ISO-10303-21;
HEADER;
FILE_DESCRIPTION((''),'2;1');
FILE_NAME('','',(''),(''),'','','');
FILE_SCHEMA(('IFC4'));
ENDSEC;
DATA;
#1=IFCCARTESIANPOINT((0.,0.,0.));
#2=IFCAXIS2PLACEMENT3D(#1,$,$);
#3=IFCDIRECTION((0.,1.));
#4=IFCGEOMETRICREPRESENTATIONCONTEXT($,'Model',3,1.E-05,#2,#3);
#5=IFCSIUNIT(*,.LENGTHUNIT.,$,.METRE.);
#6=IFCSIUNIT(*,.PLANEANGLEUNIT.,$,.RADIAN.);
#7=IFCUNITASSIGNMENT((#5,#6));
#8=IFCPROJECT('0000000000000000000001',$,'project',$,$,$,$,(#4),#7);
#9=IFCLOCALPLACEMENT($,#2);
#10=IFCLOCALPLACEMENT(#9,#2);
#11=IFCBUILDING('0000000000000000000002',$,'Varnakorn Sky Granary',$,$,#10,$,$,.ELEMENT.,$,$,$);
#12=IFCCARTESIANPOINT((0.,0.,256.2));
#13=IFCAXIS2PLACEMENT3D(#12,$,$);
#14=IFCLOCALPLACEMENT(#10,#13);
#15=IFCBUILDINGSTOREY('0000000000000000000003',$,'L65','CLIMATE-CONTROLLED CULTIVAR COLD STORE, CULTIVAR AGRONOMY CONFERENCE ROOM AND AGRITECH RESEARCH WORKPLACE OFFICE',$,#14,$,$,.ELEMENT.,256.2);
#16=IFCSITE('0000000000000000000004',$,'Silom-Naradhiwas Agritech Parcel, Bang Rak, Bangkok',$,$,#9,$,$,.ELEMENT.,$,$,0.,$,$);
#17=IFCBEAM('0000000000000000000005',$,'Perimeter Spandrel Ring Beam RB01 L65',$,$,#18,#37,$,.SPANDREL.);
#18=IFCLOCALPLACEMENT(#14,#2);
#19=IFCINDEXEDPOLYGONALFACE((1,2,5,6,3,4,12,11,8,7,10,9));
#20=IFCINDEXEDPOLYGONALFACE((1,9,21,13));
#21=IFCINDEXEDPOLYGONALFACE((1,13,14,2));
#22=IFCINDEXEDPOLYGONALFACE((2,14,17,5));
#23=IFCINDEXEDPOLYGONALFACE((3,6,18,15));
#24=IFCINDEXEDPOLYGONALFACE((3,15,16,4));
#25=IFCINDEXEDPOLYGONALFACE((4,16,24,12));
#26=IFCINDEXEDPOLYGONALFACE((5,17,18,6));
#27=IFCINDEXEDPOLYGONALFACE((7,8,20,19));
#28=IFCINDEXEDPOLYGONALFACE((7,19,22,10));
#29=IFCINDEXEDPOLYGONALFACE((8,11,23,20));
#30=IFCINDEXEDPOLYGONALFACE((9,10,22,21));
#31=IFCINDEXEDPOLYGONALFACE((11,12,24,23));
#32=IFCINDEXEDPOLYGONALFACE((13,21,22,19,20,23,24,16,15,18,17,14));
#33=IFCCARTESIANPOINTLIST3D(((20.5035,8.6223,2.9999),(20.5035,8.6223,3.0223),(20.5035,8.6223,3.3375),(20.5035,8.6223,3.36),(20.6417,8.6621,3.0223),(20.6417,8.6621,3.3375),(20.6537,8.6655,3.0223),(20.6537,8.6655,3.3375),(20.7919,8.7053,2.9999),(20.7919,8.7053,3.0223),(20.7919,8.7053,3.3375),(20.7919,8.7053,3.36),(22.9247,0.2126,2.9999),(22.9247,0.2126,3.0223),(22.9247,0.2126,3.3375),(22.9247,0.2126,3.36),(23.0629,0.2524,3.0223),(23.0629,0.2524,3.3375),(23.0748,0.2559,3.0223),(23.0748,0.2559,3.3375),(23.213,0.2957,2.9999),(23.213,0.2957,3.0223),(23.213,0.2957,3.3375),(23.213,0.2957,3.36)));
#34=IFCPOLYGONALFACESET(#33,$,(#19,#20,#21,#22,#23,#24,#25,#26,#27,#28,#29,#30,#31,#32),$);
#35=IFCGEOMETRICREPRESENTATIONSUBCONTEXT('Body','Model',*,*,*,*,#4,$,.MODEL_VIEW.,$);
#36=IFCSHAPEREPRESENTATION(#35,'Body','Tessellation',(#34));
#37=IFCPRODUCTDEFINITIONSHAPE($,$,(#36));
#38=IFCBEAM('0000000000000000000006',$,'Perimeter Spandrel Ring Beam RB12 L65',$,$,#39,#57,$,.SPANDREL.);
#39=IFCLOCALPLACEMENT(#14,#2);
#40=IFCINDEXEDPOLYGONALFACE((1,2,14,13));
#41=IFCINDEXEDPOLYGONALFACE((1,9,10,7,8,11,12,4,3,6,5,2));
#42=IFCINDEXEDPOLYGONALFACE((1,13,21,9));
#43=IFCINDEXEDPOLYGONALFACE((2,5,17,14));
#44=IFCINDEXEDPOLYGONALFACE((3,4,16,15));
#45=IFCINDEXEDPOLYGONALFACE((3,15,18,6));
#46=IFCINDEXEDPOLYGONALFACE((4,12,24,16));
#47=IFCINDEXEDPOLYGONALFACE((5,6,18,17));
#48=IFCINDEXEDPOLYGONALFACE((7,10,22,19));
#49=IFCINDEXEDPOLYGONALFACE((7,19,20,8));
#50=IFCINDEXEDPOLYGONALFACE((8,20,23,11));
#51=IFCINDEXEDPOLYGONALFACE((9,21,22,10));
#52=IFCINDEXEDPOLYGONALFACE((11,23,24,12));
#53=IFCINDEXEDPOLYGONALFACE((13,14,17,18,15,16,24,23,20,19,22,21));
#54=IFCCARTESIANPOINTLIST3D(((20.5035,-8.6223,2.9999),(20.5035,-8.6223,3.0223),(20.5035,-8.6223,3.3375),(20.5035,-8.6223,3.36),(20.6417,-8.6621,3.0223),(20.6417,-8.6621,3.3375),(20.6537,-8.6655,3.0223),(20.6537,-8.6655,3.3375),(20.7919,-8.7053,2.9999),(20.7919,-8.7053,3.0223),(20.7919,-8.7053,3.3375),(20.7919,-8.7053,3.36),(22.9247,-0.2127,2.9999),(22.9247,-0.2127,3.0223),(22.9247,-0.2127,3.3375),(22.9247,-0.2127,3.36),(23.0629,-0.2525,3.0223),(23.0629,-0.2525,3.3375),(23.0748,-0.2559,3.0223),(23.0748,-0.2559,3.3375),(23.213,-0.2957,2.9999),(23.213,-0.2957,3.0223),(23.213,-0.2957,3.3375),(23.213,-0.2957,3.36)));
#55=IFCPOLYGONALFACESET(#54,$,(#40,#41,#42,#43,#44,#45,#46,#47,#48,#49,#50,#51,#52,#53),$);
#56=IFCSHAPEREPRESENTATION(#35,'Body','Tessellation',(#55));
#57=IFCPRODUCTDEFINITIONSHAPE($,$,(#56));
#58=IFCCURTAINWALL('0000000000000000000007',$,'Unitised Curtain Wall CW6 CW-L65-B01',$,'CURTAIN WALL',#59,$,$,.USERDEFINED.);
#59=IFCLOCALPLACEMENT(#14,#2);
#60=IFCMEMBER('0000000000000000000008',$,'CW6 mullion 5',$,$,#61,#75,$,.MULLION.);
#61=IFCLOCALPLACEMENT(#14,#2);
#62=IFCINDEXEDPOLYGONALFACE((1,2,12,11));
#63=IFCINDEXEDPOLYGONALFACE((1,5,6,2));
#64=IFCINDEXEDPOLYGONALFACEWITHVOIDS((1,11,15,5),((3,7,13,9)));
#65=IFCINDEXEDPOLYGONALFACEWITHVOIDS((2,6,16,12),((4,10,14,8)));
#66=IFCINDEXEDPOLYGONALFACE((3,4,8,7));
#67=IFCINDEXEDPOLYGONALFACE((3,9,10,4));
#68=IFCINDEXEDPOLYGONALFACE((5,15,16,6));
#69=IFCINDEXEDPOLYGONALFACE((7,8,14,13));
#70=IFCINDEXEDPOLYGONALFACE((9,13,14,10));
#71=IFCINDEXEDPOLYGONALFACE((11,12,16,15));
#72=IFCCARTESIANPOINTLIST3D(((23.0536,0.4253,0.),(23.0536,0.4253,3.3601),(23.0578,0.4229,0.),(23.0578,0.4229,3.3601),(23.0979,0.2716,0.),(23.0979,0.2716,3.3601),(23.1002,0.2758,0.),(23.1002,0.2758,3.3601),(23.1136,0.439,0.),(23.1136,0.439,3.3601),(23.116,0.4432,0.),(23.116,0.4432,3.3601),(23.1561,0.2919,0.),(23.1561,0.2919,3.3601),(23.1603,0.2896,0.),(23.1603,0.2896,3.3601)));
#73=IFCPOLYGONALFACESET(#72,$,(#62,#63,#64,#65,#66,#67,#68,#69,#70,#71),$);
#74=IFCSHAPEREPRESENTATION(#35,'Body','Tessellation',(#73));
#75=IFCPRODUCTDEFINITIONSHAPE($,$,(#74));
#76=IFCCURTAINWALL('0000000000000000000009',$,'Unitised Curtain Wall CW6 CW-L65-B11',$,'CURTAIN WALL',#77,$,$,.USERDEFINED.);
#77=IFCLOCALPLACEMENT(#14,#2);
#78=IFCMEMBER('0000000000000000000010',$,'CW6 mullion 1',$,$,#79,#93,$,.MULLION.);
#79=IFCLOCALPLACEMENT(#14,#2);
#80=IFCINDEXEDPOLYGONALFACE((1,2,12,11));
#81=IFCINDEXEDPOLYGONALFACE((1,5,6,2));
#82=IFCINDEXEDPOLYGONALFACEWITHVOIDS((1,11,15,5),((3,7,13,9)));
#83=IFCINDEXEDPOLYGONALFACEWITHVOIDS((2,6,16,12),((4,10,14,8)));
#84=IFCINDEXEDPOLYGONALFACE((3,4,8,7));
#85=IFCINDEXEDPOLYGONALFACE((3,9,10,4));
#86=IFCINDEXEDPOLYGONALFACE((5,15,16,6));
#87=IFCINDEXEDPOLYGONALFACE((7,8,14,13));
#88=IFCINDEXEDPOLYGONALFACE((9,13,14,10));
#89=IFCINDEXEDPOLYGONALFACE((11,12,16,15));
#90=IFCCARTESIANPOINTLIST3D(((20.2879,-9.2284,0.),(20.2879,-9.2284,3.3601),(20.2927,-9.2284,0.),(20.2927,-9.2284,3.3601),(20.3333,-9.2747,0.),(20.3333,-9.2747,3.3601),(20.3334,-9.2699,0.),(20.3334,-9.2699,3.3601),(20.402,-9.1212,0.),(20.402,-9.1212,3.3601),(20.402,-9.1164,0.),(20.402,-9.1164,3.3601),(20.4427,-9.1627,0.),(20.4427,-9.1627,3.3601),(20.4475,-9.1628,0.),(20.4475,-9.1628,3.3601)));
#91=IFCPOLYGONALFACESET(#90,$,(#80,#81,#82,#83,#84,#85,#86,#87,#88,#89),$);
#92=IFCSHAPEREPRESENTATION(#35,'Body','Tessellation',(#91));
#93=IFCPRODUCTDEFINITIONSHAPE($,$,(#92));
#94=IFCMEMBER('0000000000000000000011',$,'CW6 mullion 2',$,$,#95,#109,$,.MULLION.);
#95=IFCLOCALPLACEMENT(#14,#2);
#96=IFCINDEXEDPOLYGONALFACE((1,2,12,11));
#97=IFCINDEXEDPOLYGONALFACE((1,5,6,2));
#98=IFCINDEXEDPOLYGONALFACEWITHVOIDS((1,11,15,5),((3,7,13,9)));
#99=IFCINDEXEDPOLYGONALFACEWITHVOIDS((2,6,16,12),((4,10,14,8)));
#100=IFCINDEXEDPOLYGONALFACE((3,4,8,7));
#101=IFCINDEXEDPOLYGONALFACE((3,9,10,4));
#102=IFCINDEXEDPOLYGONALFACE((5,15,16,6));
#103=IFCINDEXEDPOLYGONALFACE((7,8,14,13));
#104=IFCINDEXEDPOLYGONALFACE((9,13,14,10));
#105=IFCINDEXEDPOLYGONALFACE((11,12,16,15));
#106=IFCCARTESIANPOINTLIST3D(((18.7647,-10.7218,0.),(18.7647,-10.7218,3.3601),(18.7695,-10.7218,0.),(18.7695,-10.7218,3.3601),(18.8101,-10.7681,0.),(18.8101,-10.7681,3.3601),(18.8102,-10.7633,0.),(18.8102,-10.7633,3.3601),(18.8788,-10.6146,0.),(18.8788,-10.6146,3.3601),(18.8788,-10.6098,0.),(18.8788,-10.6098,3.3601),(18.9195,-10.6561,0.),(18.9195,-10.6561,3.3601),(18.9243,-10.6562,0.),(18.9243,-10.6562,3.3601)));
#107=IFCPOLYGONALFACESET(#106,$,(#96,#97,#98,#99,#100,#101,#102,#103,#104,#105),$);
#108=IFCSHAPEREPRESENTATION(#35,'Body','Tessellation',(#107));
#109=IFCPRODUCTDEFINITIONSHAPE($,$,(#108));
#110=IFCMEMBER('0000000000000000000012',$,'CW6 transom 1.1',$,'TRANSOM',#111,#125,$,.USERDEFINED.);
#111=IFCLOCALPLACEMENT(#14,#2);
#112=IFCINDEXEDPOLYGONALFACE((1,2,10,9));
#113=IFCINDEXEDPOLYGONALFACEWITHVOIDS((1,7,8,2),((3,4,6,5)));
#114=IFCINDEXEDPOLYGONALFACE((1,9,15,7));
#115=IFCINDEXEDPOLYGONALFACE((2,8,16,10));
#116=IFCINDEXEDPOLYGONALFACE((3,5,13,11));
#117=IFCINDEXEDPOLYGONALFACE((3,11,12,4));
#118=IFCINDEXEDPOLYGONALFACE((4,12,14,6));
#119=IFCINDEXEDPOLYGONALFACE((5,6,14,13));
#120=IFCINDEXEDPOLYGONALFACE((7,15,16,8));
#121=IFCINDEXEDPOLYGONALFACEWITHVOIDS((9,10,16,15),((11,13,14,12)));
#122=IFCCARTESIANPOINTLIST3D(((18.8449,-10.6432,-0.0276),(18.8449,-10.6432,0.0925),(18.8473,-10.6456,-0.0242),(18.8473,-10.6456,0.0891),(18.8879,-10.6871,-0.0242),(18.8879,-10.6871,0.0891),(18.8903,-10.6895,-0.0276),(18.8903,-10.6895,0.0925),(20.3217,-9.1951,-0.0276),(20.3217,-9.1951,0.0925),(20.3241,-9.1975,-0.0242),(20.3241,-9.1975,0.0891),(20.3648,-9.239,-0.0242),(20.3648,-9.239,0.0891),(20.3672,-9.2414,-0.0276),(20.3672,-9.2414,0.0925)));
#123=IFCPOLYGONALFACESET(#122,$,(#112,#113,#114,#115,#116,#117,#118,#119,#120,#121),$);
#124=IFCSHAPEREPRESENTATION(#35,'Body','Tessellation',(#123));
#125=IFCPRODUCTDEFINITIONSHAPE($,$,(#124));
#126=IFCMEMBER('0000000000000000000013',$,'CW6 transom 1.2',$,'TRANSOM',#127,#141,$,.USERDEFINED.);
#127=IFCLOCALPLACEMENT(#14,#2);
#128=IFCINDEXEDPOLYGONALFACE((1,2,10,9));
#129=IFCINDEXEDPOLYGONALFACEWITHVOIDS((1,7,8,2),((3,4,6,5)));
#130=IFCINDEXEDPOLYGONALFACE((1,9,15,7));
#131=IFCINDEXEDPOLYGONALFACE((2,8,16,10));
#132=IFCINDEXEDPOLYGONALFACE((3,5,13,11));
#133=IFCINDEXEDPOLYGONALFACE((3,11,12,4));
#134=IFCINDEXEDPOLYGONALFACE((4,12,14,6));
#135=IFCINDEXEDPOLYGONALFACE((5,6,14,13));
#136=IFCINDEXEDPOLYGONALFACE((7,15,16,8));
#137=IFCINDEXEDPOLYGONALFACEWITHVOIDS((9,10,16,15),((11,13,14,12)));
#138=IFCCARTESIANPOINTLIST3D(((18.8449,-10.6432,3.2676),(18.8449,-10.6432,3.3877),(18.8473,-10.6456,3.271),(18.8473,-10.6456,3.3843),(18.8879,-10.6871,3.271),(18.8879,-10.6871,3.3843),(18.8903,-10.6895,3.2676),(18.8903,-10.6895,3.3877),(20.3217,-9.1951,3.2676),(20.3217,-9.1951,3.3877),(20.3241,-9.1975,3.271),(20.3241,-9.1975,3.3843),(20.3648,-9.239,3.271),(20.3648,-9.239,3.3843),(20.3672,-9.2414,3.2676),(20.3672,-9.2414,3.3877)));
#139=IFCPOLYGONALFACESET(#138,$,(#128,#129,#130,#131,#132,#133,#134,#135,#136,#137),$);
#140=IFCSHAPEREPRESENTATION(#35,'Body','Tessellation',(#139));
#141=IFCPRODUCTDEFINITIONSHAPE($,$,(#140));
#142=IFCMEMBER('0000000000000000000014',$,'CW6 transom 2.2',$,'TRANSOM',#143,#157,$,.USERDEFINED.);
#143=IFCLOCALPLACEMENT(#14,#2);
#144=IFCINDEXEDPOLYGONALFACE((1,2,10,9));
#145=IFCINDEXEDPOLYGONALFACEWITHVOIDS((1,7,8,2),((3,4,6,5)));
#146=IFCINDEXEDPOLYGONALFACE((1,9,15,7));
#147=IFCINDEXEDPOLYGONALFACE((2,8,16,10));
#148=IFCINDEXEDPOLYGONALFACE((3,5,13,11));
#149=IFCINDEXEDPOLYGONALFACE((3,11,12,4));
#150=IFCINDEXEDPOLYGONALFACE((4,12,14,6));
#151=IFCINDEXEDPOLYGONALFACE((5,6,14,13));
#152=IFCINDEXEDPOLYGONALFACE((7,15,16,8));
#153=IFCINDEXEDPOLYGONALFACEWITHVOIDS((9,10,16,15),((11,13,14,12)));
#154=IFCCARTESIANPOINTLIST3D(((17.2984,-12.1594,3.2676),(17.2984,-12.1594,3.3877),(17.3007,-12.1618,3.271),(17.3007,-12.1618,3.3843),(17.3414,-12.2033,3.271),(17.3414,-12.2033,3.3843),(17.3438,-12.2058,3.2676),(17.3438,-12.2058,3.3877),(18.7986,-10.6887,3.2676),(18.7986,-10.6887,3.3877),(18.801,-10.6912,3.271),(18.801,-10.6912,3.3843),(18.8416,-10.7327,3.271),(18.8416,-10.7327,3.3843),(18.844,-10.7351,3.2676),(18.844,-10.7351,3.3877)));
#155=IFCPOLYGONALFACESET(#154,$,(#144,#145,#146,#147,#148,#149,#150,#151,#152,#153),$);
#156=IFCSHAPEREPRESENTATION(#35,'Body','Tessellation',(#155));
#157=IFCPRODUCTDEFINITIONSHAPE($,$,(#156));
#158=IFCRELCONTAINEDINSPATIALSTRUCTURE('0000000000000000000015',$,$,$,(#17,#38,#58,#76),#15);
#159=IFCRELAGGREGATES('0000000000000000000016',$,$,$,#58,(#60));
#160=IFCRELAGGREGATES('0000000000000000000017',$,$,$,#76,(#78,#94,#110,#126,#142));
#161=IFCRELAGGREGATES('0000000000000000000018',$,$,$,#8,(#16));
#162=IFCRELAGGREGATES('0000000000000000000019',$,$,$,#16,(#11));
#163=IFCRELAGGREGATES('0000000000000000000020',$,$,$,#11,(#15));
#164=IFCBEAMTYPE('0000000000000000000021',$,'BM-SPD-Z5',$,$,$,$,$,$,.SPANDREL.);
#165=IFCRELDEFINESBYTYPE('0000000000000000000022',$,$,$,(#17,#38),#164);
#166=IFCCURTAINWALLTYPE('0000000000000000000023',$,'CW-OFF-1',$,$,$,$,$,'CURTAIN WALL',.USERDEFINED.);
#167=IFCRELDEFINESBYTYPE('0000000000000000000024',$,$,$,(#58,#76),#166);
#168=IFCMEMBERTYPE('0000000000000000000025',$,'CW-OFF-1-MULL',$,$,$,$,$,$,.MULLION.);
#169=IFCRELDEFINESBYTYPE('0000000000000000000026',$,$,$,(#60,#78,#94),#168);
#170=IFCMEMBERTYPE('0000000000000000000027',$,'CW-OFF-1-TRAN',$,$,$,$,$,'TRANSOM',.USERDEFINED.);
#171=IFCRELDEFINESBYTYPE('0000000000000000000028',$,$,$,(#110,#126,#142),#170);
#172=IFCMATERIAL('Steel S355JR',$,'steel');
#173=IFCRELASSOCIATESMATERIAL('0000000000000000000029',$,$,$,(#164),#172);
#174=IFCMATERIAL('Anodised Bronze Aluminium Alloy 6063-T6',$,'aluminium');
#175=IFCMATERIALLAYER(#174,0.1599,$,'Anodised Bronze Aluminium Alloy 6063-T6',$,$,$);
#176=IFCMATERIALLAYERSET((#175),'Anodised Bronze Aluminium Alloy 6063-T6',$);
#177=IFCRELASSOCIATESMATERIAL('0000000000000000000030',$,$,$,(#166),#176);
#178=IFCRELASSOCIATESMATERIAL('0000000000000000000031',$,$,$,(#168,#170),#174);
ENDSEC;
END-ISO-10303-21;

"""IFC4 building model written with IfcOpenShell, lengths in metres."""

from ifc_helpers import new_model, si_unit, direction, frame, origin, origin_2d, place, context, subcontext, project, spatial, hollow_rectangle, i_section, extrude, material, layer, layer_set, material_profile, profile_set, type_object, element, aggregate, save


model = new_model("IFC4")

# Units and contexts
model_context = context("Model", 3, precision=1e-05, world=origin(), true_north=direction((0.0, 1.0)))
body_context = subcontext(model_context, "Body", "Model", "MODEL_VIEW")
ifc_project = project(units=[si_unit("LENGTHUNIT", "METRE"), si_unit("PLANEANGLEUNIT", "RADIAN")], contexts=[model_context])

# Site, building, storey
site_placement = place(None, origin())
site = spatial("IfcSite", under=ifc_project, at=site_placement, Name="Silom-Naradhiwas Agritech Parcel, Bang Rak, Bangkok", CompositionType="ELEMENT", RefElevation=0.0)
building_placement = place(site_placement, origin())
building = spatial("IfcBuilding", under=site, at=building_placement, Name="Varnakorn Sky Granary", CompositionType="ELEMENT")
storey_placement = place(building_placement, frame((0.0, 0.0, 256.2)))
storey = spatial("IfcBuildingStorey", under=building, at=storey_placement, Name="L65", Description="CLIMATE-CONTROLLED CULTIVAR COLD STORE, CULTIVAR AGRONOMY CONFERENCE ROOM AND AGRITECH RESEARCH WORKPLACE OFFICE", CompositionType="ELEMENT", Elevation=256.2)

# Beams
ifc_material_1 = material(Name="Steel S355JR", Category="steel")
ifc_material_profile_1 = material_profile(ifc_material_1, i_section(OverallWidth=0.3, OverallDepth=0.3601, WebThickness=0.0125, FlangeThickness=0.0225, at=origin_2d()), Name="HE 360 B")
ifc_profile_set_1 = profile_set([ifc_material_profile_1], Name="Steel S355JR")
beam_type_1 = type_object("IfcBeamType", Name="BM-SPD-Z5", PredefinedType="SPANDREL", material=ifc_profile_set_1)
for number, where, z_axis, x_axis, name in (
    (1, (23.0688, 0.2542, 3.1799), (-0.276662, 0.960967, 0.0), (-0.960967, -0.276662, 0.0), "Perimeter Spandrel Ring Beam RB01 L65"),
    (2, (20.6477, -8.6638, 3.1799), (0.276662, 0.960967, 0.0), (-0.960967, 0.276662, 0.0), "Perimeter Spandrel Ring Beam RB12 L65"),
):
    element("IfcBeam", number, at=place(storey_placement, frame(where, z_axis=z_axis, x_axis=x_axis)), inside=storey, type_object=beam_type_1, Name=name, PredefinedType="SPANDREL", context=body_context, shape_type="SweptSolid", body=[
        extrude(i_section(OverallWidth=0.3, OverallDepth=0.3601, WebThickness=0.0125, FlangeThickness=0.0225, at=origin_2d()), origin(), (0.0, 0.0, 1.0), 8.7512),
    ])

# Curtain wall, member
ifc_material_2 = material(Name="Anodised Bronze Aluminium Alloy 6063-T6", Category="aluminium")
ifc_layer_1 = layer(ifc_material_2, 0.1599, Name="Anodised Bronze Aluminium Alloy 6063-T6")
ifc_layer_set_1 = layer_set([ifc_layer_1], Name="Anodised Bronze Aluminium Alloy 6063-T6")
curtain_wall_type = type_object("IfcCurtainWallType", Name="CW-OFF-1", ElementType="CURTAIN WALL", PredefinedType="USERDEFINED", material=ifc_layer_set_1)
curtain_wall_1_placement = place(storey_placement, origin())
curtain_wall_1 = element("IfcCurtainWall", 3, at=curtain_wall_1_placement, inside=storey, type_object=curtain_wall_type, Name="Unitised Curtain Wall CW6 CW-L65-B01", ObjectType="CURTAIN WALL", PredefinedType="USERDEFINED")
ifc_material_profile_2 = material_profile(ifc_material_2, hollow_rectangle(XDim=0.0649, YDim=0.1599, WallThickness=0.0034, at=origin_2d()), Name="ALU MULL 65x160")
ifc_profile_set_2 = profile_set([ifc_material_profile_2], Name="Anodised Bronze Aluminium Alloy 6063-T6")
member_type_1 = type_object("IfcMemberType", Name="CW-OFF-1-MULL", PredefinedType="MULLION", material=ifc_profile_set_2)
member_1_placement = place(storey_placement, frame((23.1069, 0.3574, 0.0), z_axis=(0.0, 0.0, 1.0), x_axis=(0.960846, 0.277084, 0.0)))
member_1 = element("IfcMember", 4, at=member_1_placement, type_object=member_type_1, Name="CW6 mullion 5", PredefinedType="MULLION", context=body_context, shape_type="SweptSolid", body=[
    extrude(hollow_rectangle(XDim=0.0649, YDim=0.1599, WallThickness=0.0034, at=origin_2d()), origin(), (0.0, 0.0, 1.0), 3.3601),
])
aggregate(curtain_wall_1, [member_1])

# Curtain wall, members
curtain_wall_2_placement = place(storey_placement, origin())
curtain_wall_2 = element("IfcCurtainWall", 5, at=curtain_wall_2_placement, inside=storey, type_object=curtain_wall_type, Name="Unitised Curtain Wall CW6 CW-L65-B11", ObjectType="CURTAIN WALL", PredefinedType="USERDEFINED")
member_2_placement = place(storey_placement, frame((20.3677, -9.1956, 0.0), z_axis=(0.0, 0.0, 1.0), x_axis=(0.700118, -0.714027, 0.0)))
member_2 = element("IfcMember", 6, at=member_2_placement, type_object=member_type_1, Name="CW6 mullion 1", PredefinedType="MULLION", context=body_context, shape_type="SweptSolid", body=[
    extrude(hollow_rectangle(XDim=0.0649, YDim=0.1599, WallThickness=0.0034, at=origin_2d()), origin(), (0.0, 0.0, 1.0), 3.3601),
])
member_3_placement = place(storey_placement, frame((18.8445, -10.689, 0.0), z_axis=(0.0, 0.0, 1.0), x_axis=(0.700118, -0.714027, 0.0)))
member_3 = element("IfcMember", 7, at=member_3_placement, type_object=member_type_1, Name="CW6 mullion 2", PredefinedType="MULLION", context=body_context, shape_type="SweptSolid", body=[
    extrude(hollow_rectangle(XDim=0.0649, YDim=0.1599, WallThickness=0.0034, at=origin_2d()), origin(), (0.0, 0.0, 1.0), 3.3601),
])
ifc_material_profile_3 = material_profile(ifc_material_2, hollow_rectangle(XDim=0.0649, YDim=0.1201, WallThickness=0.0034, at=origin_2d()), Name="ALU TRAN 65x120")
ifc_profile_set_3 = profile_set([ifc_material_profile_3], Name="Anodised Bronze Aluminium Alloy 6063-T6")
member_type_2 = type_object("IfcMemberType", Name="CW-OFF-1-TRAN", ElementType="TRANSOM", PredefinedType="USERDEFINED", material=ifc_profile_set_3)
member_4_placement = place(storey_placement, frame((20.3445, -9.2183, 0.0325), z_axis=(-0.714037, -0.700108, 0.0), x_axis=(0.700108, -0.714037, 0.0)))
member_4 = element("IfcMember", 8, at=member_4_placement, type_object=member_type_2, Name="CW6 transom 1.1", ObjectType="TRANSOM", PredefinedType="USERDEFINED", context=body_context, shape_type="SweptSolid", body=[
    extrude(hollow_rectangle(XDim=0.0649, YDim=0.1201, WallThickness=0.0034, at=origin_2d()), origin(), (0.0, 0.0, 1.0), 2.0684),
])
member_5_placement = place(storey_placement, frame((20.3445, -9.2183, 3.3276), z_axis=(-0.714037, -0.700108, 0.0), x_axis=(0.700108, -0.714037, 0.0)))
member_5 = element("IfcMember", 9, at=member_5_placement, type_object=member_type_2, Name="CW6 transom 1.2", ObjectType="TRANSOM", PredefinedType="USERDEFINED", context=body_context, shape_type="SweptSolid", body=[
    extrude(hollow_rectangle(XDim=0.0649, YDim=0.1201, WallThickness=0.0034, at=origin_2d()), origin(), (0.0, 0.0, 1.0), 2.0684),
])
member_6_placement = place(storey_placement, frame((18.8213, -10.7119, 3.3276), z_axis=(-0.714102, -0.700041, 0.0), x_axis=(0.700041, -0.714102, 0.0)))
member_6 = element("IfcMember", 10, at=member_6_placement, type_object=member_type_2, Name="CW6 transom 2.2", ObjectType="TRANSOM", PredefinedType="USERDEFINED", context=body_context, shape_type="SweptSolid", body=[
    extrude(hollow_rectangle(XDim=0.0649, YDim=0.1201, WallThickness=0.0034, at=origin_2d()), origin(), (0.0, 0.0, 1.0), 2.1008),
])

aggregate(curtain_wall_2, [member_2, member_3, member_4, member_5, member_6])

save(model, "model.ifc")
